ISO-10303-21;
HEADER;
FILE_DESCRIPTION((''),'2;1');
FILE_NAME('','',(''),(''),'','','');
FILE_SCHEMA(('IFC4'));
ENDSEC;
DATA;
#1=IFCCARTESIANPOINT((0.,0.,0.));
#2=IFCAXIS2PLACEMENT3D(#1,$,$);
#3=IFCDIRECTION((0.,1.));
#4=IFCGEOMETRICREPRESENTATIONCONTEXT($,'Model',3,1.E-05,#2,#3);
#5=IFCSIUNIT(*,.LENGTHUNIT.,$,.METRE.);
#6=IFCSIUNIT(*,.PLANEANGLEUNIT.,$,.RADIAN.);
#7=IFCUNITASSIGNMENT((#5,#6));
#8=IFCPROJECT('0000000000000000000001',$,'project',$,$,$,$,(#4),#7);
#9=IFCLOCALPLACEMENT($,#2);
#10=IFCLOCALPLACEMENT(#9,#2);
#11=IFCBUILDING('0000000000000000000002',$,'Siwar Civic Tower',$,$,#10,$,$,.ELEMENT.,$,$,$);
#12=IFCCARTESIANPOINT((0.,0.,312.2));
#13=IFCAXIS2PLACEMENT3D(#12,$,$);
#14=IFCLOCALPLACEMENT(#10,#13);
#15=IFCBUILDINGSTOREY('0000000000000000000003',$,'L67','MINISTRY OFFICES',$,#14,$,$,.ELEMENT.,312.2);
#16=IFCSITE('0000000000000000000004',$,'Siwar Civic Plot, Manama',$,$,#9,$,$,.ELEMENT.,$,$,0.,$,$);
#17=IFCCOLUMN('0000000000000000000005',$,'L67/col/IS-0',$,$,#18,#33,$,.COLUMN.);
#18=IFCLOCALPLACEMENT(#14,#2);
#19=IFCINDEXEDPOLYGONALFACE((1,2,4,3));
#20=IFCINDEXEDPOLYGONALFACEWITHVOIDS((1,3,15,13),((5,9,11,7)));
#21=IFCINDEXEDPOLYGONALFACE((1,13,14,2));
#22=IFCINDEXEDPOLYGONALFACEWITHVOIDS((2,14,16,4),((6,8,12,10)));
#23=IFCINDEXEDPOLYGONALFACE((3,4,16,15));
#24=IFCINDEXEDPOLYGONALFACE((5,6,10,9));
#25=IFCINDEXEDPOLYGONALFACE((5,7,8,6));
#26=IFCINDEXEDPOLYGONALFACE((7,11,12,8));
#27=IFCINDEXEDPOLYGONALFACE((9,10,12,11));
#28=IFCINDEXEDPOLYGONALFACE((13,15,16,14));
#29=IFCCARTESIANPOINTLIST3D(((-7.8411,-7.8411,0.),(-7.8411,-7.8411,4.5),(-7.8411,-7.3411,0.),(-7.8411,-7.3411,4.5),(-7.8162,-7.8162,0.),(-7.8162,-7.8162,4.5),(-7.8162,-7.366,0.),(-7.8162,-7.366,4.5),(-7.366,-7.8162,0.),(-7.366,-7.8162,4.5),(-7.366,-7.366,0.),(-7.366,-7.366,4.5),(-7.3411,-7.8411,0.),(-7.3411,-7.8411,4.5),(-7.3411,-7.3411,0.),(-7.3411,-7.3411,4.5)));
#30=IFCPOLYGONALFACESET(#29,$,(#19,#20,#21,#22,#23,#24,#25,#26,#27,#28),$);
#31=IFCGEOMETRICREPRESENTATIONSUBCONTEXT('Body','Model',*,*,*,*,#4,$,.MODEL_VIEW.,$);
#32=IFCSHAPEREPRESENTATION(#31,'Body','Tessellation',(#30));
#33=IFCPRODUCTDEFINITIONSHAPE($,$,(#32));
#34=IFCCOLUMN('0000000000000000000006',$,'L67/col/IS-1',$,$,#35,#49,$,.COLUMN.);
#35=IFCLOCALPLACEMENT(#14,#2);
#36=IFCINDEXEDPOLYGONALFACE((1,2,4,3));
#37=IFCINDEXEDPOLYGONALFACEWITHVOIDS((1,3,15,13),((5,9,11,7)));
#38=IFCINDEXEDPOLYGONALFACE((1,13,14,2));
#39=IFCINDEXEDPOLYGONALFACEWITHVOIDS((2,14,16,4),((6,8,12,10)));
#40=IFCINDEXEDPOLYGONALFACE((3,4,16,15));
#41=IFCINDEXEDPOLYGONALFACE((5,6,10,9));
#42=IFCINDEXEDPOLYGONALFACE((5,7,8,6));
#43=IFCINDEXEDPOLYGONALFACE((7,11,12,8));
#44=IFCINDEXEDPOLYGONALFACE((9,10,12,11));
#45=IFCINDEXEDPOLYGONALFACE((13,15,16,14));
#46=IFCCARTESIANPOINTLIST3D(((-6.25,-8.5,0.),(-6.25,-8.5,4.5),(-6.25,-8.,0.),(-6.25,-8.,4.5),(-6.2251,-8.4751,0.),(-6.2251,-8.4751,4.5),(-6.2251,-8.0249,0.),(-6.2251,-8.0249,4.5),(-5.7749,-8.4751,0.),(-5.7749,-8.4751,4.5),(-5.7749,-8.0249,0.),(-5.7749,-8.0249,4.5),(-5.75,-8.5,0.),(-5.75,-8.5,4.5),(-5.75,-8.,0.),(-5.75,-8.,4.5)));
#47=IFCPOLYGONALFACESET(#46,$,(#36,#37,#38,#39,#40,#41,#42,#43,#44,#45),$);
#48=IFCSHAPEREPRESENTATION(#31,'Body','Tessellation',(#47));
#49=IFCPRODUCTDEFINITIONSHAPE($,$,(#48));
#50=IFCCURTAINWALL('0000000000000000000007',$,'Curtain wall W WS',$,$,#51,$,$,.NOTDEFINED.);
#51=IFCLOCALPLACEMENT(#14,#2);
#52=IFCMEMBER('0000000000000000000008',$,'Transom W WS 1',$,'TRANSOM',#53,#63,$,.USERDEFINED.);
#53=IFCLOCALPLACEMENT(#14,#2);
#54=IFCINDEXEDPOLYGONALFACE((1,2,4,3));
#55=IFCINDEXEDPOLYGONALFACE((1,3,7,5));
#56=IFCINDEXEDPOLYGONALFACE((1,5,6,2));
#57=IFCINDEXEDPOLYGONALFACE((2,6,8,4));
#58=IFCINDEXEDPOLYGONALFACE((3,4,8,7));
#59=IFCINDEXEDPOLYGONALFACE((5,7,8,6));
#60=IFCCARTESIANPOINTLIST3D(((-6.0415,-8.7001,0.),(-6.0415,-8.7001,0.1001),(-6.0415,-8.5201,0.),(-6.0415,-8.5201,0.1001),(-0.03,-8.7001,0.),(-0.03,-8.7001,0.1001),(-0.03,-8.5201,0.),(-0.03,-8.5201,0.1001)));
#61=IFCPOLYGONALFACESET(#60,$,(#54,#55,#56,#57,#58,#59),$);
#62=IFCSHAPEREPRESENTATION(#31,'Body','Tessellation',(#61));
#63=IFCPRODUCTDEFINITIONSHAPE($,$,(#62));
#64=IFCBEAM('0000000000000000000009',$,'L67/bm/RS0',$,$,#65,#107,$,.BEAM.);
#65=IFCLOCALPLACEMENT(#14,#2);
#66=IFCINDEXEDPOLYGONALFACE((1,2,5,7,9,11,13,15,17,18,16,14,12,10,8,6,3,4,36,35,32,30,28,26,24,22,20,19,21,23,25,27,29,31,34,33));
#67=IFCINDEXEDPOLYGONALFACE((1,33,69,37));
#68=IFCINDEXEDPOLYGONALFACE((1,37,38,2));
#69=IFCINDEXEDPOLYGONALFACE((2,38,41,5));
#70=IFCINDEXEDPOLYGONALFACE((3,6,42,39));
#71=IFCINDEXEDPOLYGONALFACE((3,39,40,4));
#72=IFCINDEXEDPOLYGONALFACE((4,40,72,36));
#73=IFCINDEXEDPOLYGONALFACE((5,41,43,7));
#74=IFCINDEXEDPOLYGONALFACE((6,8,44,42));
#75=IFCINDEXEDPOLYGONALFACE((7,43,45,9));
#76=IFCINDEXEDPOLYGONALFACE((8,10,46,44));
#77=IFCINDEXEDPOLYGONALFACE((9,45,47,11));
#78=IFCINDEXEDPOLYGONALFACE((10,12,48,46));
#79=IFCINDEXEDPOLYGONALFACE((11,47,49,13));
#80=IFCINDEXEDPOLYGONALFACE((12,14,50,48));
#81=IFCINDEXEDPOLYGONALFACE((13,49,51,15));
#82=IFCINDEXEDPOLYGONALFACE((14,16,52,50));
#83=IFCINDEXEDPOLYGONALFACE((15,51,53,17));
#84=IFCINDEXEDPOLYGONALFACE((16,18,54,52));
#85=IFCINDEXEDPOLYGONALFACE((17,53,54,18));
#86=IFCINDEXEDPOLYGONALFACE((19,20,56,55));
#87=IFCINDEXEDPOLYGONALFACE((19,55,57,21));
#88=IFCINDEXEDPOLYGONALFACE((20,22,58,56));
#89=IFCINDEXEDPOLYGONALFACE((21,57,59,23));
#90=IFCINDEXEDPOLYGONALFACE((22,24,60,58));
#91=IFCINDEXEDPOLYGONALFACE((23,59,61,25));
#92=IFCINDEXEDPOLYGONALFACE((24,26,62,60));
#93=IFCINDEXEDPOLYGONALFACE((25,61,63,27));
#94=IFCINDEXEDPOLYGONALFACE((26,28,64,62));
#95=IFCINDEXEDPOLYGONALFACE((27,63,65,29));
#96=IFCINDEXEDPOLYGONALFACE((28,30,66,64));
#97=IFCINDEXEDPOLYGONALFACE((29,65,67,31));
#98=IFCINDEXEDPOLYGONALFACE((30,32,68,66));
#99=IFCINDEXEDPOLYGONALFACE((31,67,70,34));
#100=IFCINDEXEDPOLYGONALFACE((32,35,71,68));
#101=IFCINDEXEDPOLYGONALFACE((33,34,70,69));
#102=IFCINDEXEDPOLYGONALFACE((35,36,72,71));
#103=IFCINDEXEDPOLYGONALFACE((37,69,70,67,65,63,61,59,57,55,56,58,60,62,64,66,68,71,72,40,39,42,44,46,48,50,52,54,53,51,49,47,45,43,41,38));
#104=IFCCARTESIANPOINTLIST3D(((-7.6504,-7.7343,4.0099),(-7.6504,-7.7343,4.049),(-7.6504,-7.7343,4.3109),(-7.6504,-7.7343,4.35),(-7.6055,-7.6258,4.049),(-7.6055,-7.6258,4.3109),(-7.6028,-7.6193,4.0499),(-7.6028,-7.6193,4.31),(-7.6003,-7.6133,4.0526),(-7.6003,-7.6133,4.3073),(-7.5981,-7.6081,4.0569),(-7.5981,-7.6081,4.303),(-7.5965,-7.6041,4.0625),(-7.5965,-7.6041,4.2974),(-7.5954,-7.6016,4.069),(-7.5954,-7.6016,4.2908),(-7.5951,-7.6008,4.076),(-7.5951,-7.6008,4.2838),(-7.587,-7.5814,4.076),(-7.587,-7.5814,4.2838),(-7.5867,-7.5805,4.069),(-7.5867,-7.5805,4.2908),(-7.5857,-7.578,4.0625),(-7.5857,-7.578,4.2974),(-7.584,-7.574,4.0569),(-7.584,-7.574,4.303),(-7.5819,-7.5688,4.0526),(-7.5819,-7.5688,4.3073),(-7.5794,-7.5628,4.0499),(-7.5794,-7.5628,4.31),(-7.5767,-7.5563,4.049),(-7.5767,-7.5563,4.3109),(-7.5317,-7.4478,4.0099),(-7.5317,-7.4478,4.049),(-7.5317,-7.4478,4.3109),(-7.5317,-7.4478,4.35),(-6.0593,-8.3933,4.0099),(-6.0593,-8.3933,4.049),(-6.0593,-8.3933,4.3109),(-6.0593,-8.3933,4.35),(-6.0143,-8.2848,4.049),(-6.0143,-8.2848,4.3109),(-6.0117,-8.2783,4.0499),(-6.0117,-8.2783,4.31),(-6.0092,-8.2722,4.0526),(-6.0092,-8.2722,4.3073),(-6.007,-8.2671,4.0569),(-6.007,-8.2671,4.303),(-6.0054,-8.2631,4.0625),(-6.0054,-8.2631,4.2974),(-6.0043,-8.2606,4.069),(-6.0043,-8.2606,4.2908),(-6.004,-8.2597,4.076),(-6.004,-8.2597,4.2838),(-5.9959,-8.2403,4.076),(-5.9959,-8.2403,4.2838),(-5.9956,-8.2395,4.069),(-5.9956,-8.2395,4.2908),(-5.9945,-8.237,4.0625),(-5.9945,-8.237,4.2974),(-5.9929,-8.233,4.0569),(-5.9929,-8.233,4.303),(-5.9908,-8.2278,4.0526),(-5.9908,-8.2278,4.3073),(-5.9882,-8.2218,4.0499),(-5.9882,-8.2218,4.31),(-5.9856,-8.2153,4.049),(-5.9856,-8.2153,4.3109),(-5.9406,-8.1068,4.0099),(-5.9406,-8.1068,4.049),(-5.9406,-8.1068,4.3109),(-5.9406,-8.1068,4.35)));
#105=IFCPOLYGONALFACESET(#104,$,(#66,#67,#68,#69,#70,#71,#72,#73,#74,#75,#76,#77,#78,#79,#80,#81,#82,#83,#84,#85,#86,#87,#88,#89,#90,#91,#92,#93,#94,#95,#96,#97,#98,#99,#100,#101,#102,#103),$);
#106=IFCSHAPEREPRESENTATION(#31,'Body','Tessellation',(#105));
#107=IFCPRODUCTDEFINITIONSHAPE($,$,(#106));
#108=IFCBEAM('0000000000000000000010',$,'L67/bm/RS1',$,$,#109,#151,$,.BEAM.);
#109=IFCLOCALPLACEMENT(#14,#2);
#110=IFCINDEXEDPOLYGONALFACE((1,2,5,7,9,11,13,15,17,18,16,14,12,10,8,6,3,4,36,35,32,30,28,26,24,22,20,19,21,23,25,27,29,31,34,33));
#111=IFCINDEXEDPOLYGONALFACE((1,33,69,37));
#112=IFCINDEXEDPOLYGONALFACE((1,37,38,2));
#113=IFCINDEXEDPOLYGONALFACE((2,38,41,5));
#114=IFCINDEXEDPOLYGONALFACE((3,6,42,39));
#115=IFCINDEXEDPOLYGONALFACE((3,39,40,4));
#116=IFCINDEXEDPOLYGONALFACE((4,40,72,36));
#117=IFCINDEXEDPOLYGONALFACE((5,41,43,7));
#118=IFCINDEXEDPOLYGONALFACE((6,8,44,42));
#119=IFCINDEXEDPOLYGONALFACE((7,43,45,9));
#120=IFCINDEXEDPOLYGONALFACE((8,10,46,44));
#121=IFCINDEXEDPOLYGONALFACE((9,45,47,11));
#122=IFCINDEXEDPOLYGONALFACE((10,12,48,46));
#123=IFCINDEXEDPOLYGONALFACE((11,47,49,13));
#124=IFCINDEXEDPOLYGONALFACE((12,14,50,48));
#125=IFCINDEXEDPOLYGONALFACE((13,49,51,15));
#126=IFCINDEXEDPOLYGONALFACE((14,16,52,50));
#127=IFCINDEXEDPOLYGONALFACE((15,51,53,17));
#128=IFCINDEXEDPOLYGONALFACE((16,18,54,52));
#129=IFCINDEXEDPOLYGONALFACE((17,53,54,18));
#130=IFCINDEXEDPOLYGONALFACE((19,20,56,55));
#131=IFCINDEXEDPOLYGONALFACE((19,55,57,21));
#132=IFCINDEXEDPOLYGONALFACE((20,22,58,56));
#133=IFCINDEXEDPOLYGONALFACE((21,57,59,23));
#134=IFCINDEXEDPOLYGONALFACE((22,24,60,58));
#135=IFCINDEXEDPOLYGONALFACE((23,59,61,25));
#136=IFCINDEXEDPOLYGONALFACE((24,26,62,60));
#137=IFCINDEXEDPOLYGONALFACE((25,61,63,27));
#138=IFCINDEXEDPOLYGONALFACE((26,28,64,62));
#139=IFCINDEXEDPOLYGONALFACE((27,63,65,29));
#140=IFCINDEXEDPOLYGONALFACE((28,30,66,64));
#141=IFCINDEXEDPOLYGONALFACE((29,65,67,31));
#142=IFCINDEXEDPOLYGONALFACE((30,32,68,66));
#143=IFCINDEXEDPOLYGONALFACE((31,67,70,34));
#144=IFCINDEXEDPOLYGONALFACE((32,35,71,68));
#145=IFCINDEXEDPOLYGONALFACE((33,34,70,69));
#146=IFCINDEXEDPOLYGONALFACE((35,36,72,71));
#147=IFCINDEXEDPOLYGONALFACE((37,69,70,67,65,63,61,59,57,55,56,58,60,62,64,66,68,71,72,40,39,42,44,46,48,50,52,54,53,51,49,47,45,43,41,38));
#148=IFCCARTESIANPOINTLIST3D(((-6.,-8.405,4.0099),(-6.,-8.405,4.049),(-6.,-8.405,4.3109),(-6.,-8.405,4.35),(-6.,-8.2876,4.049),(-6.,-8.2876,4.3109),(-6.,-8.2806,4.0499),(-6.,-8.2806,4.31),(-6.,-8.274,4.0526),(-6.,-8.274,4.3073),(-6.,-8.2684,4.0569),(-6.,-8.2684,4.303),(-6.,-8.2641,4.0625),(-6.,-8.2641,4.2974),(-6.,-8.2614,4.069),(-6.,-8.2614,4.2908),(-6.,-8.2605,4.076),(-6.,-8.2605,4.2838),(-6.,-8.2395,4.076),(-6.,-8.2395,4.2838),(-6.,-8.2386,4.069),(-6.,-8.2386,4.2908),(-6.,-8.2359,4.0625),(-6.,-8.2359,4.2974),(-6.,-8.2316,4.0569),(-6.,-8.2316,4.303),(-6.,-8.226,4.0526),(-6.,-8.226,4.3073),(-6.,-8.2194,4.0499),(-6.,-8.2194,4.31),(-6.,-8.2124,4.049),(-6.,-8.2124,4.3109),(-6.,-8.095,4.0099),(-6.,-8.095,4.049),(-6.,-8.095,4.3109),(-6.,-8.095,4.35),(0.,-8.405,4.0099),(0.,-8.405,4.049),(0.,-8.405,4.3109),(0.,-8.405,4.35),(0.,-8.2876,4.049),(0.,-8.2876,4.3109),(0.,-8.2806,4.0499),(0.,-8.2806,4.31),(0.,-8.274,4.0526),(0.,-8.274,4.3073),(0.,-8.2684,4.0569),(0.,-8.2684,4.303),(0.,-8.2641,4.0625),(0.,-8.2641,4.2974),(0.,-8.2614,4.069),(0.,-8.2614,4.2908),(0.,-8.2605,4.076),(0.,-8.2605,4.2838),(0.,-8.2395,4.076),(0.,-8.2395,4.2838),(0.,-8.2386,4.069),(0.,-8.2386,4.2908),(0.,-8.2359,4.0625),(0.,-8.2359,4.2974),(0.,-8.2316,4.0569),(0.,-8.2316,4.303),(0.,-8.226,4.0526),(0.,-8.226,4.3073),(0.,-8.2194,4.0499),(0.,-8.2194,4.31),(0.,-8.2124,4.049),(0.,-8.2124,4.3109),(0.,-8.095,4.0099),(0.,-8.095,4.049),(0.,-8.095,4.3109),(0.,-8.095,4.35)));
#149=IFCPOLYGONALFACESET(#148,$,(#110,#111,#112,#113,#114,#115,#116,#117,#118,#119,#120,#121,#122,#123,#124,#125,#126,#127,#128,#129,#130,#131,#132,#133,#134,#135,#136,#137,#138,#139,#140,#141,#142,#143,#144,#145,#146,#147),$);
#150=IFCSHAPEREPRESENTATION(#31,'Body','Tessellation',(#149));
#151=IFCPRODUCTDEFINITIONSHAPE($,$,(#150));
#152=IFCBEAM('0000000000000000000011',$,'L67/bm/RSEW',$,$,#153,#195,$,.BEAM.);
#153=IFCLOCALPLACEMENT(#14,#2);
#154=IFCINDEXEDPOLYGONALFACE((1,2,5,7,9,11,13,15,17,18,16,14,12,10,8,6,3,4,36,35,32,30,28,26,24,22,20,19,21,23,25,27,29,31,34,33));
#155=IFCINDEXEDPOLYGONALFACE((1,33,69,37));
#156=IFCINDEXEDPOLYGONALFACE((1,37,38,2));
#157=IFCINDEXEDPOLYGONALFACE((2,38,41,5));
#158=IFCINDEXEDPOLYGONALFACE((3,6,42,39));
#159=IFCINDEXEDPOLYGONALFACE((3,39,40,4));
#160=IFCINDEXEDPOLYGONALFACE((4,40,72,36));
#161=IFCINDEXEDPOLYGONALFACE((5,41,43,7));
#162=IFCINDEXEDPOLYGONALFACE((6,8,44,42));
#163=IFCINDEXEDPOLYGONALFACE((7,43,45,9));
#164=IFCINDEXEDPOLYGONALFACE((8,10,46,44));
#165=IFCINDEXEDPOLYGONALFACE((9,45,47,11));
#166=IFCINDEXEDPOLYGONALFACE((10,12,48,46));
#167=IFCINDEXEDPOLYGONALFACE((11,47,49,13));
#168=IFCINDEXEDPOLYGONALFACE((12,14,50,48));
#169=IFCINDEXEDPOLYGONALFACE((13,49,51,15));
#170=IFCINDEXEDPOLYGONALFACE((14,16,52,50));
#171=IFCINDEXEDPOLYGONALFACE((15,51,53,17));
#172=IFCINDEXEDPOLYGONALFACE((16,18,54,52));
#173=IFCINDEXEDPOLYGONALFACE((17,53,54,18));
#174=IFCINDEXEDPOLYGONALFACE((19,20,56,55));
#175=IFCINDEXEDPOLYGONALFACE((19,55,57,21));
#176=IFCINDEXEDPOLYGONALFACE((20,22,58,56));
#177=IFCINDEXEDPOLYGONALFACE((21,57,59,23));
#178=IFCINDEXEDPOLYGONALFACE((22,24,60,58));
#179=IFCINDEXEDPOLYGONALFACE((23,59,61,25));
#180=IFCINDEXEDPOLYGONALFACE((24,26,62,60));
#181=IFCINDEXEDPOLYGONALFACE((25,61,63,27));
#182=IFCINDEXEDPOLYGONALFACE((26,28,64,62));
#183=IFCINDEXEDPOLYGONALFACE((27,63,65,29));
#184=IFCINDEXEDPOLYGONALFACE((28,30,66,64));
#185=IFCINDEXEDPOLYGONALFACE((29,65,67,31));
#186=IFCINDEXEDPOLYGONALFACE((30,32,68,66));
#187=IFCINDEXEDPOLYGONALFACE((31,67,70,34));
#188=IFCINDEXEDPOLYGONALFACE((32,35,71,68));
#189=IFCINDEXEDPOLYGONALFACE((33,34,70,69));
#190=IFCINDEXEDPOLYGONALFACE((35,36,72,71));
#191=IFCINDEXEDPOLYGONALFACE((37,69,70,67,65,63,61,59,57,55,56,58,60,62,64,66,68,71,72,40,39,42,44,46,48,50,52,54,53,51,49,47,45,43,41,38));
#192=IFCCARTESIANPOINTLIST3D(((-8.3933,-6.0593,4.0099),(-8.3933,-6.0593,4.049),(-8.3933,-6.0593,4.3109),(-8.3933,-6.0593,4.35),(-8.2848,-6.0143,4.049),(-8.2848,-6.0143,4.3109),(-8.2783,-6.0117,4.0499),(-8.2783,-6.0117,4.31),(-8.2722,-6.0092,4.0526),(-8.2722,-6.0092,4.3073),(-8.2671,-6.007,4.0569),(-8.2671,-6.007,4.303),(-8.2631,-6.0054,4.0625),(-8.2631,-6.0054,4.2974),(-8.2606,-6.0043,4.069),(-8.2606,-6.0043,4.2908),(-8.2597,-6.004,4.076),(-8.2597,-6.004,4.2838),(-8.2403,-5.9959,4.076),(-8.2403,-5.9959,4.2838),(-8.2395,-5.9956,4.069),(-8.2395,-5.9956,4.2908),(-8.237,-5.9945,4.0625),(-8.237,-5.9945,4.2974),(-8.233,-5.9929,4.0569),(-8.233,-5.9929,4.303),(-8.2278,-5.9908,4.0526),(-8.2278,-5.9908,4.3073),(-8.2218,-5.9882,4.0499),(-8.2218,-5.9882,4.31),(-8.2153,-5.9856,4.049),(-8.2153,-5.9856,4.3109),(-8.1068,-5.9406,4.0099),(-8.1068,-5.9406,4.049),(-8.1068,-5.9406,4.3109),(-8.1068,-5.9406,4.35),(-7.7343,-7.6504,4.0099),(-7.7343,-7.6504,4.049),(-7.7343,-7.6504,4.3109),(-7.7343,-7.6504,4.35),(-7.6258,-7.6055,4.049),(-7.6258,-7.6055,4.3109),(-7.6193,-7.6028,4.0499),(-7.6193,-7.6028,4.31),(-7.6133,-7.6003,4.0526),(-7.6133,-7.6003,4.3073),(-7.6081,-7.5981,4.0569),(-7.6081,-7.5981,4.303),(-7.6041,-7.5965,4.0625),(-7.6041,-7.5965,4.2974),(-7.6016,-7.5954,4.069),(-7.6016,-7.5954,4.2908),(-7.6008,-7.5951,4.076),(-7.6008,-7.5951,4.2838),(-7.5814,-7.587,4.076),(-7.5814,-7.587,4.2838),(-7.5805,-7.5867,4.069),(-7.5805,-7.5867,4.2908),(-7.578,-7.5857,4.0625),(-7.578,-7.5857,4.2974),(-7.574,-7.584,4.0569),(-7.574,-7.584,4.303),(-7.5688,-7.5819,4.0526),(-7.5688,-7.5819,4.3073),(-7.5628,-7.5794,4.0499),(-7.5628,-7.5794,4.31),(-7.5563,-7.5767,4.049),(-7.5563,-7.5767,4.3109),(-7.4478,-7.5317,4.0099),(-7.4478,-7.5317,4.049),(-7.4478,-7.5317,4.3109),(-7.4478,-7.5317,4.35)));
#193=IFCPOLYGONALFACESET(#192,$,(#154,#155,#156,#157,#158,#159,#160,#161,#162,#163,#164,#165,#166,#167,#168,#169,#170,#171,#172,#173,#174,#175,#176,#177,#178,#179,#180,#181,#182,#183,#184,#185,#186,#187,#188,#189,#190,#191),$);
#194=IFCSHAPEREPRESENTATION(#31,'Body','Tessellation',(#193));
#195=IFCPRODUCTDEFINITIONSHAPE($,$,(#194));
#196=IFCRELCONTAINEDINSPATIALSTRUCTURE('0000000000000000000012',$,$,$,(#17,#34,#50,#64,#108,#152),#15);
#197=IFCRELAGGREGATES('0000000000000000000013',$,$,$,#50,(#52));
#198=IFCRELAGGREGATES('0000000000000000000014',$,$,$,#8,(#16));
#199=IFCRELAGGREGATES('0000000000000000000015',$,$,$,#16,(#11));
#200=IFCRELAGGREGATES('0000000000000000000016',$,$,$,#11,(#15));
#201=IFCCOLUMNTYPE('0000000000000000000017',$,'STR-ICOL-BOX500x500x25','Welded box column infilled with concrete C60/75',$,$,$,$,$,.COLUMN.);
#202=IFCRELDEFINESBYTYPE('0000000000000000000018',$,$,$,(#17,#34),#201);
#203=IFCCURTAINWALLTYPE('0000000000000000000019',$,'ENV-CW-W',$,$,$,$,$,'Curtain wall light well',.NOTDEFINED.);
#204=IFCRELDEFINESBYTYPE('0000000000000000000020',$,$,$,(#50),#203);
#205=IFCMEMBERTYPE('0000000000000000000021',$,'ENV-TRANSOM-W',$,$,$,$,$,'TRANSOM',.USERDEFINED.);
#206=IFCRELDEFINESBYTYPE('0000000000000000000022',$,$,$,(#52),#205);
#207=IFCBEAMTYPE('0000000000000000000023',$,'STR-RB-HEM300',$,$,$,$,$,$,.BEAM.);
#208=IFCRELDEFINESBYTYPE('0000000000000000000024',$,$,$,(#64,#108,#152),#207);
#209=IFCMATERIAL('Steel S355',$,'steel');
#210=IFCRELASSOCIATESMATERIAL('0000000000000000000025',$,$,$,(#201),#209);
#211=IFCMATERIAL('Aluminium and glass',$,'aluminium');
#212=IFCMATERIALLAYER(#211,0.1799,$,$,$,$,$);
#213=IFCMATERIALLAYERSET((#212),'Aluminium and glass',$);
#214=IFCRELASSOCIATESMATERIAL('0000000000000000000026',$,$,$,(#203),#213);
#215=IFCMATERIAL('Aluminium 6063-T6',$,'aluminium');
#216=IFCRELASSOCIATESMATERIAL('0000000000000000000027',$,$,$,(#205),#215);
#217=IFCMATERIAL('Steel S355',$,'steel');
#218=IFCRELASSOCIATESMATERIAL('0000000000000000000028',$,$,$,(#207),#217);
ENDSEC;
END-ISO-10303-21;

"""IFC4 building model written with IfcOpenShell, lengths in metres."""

from ifc_helpers import new_model, si_unit, direction, frame, origin, origin_2d, place, context, subcontext, project, spatial, rectangle, hollow_rectangle, i_section, extrude, material, layer, layer_set, material_profile, profile_set, type_object, element, aggregate, save


model = new_model("IFC4")

# Units and contexts
model_context = context("Model", 3, precision=1e-05, world=origin(), true_north=direction((0.0, 1.0)))
body_context = subcontext(model_context, "Body", "Model", "MODEL_VIEW")
ifc_project = project(units=[si_unit("LENGTHUNIT", "METRE"), si_unit("PLANEANGLEUNIT", "RADIAN")], contexts=[model_context])

# Site, building, storey
site_placement = place(None, origin())
site = spatial("IfcSite", under=ifc_project, at=site_placement, Name="Siwar Civic Plot, Manama", CompositionType="ELEMENT", RefElevation=0.0)
building_placement = place(site_placement, origin())
building = spatial("IfcBuilding", under=site, at=building_placement, Name="Siwar Civic Tower", CompositionType="ELEMENT")
storey_placement = place(building_placement, frame((0.0, 0.0, 312.2)))
storey = spatial("IfcBuildingStorey", under=building, at=storey_placement, Name="L67", Description="MINISTRY OFFICES", CompositionType="ELEMENT", Elevation=312.2)

# Columns
ifc_material_1 = material(Name="Steel S355", Category="steel")
ifc_material_profile_1 = material_profile(ifc_material_1, hollow_rectangle(XDim=0.5, YDim=0.5, WallThickness=0.0249, at=origin_2d()), Name="BOX500x500x25")
ifc_profile_set_1 = profile_set([ifc_material_profile_1], Name="Steel S355")
column_type = type_object("IfcColumnType", Name="STR-ICOL-BOX500x500x25", Description="Welded box column infilled with concrete C60/75", PredefinedType="COLUMN", material=ifc_profile_set_1)
for number, where, z_axis, x_axis, name in (
    (1, (-7.5911, -7.5911, 0.0), (0.0, 0.0, 1.0), (1.0, 0.0, 0.0), "L67/col/IS-0"),
    (2, (-6.0, -8.25, 0.0), (0.0, 0.0, 1.0), (1.0, 0.0, 0.0), "L67/col/IS-1"),
):
    element("IfcColumn", number, at=place(storey_placement, frame(where, z_axis=z_axis, x_axis=x_axis)), inside=storey, type_object=column_type, Name=name, PredefinedType="COLUMN", context=body_context, shape_type="SweptSolid", body=[
        extrude(hollow_rectangle(XDim=0.5, YDim=0.5, WallThickness=0.0249, at=origin_2d()), origin(), (0.0, 0.0, 1.0), 4.5),
    ])

# Curtain wall, member
ifc_material_2 = material(Name="Aluminium and glass", Category="aluminium")
ifc_layer_1 = layer(ifc_material_2, 0.1799)
ifc_layer_set_1 = layer_set([ifc_layer_1], Name="Aluminium and glass")
curtain_wall_type = type_object("IfcCurtainWallType", Name="ENV-CW-W", ElementType="Curtain wall light well", PredefinedType="NOTDEFINED", material=ifc_layer_set_1)
curtain_wall_placement = place(storey_placement, origin())
curtain_wall = element("IfcCurtainWall", 3, at=curtain_wall_placement, inside=storey, type_object=curtain_wall_type, Name="Curtain wall W WS", PredefinedType="NOTDEFINED")
ifc_material_3 = material(Name="Aluminium 6063-T6", Category="aluminium")
ifc_material_profile_2 = material_profile(ifc_material_3, rectangle(XDim=0.1799, YDim=0.1001, at=origin_2d()), Name="AL 180x100")
ifc_profile_set_2 = profile_set([ifc_material_profile_2], Name="Aluminium 6063-T6")
member_type = type_object("IfcMemberType", Name="ENV-TRANSOM-W", ElementType="TRANSOM", PredefinedType="USERDEFINED", material=ifc_profile_set_2)
member_placement = place(storey_placement, frame((-6.0415, -8.6101, 0.05), z_axis=(1.0, 0.0, 0.0), x_axis=(0.0, 1.0, 0.0)))
member = element("IfcMember", 4, at=member_placement, type_object=member_type, Name="Transom W WS 1", ObjectType="TRANSOM", PredefinedType="USERDEFINED", context=body_context, shape_type="SweptSolid", body=[
    extrude(rectangle(XDim=0.1799, YDim=0.1001, at=origin_2d()), origin(), (0.0, 0.0, 1.0), 6.0115),
])

# Beams
ifc_material_4 = material(Name="Steel S355", Category="steel")
ifc_material_profile_3 = material_profile(ifc_material_4, i_section(OverallWidth=0.3101, OverallDepth=0.3401, WebThickness=0.021, FlangeThickness=0.0391, FilletRadius=0.0271, at=origin_2d()), Name="HEM300")
ifc_profile_set_3 = profile_set([ifc_material_profile_3], Name="Steel S355")
beam_type = type_object("IfcBeamType", Name="STR-RB-HEM300", PredefinedType="BEAM", material=ifc_profile_set_3)
beam_1_placement = place(storey_placement, frame((-7.5911, -7.5911, 4.1799), z_axis=(0.923901, -0.382631, 0.0), x_axis=(0.382631, 0.923901, 0.0)))
element("IfcBeam", 5, at=beam_1_placement, inside=storey, type_object=beam_type, Name="L67/bm/RS0", PredefinedType="BEAM", context=body_context, shape_type="SweptSolid", body=[
    extrude(i_section(OverallWidth=0.3101, OverallDepth=0.3401, WebThickness=0.021, FlangeThickness=0.0391, FilletRadius=0.0271, at=origin_2d()), origin(), (0.0, 0.0, 1.0), 1.7222),
])
beam_2_placement = place(storey_placement, frame((-6.0, -8.25, 4.1799), z_axis=(1.0, 0.0, 0.0), x_axis=(0.0, 1.0, 0.0)))
element("IfcBeam", 6, at=beam_2_placement, inside=storey, type_object=beam_type, Name="L67/bm/RS1", PredefinedType="BEAM", context=body_context, shape_type="SweptSolid", body=[
    extrude(i_section(OverallWidth=0.3101, OverallDepth=0.3401, WebThickness=0.021, FlangeThickness=0.0391, FilletRadius=0.0271, at=origin_2d()), origin(), (0.0, 0.0, 1.0), 6.0),
])
beam_3_placement = place(storey_placement, frame((-7.5911, -7.5911, 4.1799), z_axis=(-0.382631, 0.923901, 0.0), x_axis=(-0.923901, -0.382631, 0.0)))
element("IfcBeam", 7, at=beam_3_placement, inside=storey, type_object=beam_type, Name="L67/bm/RSEW", PredefinedType="BEAM", context=body_context, shape_type="SweptSolid", body=[
    extrude(i_section(OverallWidth=0.3101, OverallDepth=0.3401, WebThickness=0.021, FlangeThickness=0.0391, FilletRadius=0.0271, at=origin_2d()), origin(), (0.0, 0.0, 1.0), 1.7222),
])

aggregate(curtain_wall, [member])

save(model, "model.ifc")
